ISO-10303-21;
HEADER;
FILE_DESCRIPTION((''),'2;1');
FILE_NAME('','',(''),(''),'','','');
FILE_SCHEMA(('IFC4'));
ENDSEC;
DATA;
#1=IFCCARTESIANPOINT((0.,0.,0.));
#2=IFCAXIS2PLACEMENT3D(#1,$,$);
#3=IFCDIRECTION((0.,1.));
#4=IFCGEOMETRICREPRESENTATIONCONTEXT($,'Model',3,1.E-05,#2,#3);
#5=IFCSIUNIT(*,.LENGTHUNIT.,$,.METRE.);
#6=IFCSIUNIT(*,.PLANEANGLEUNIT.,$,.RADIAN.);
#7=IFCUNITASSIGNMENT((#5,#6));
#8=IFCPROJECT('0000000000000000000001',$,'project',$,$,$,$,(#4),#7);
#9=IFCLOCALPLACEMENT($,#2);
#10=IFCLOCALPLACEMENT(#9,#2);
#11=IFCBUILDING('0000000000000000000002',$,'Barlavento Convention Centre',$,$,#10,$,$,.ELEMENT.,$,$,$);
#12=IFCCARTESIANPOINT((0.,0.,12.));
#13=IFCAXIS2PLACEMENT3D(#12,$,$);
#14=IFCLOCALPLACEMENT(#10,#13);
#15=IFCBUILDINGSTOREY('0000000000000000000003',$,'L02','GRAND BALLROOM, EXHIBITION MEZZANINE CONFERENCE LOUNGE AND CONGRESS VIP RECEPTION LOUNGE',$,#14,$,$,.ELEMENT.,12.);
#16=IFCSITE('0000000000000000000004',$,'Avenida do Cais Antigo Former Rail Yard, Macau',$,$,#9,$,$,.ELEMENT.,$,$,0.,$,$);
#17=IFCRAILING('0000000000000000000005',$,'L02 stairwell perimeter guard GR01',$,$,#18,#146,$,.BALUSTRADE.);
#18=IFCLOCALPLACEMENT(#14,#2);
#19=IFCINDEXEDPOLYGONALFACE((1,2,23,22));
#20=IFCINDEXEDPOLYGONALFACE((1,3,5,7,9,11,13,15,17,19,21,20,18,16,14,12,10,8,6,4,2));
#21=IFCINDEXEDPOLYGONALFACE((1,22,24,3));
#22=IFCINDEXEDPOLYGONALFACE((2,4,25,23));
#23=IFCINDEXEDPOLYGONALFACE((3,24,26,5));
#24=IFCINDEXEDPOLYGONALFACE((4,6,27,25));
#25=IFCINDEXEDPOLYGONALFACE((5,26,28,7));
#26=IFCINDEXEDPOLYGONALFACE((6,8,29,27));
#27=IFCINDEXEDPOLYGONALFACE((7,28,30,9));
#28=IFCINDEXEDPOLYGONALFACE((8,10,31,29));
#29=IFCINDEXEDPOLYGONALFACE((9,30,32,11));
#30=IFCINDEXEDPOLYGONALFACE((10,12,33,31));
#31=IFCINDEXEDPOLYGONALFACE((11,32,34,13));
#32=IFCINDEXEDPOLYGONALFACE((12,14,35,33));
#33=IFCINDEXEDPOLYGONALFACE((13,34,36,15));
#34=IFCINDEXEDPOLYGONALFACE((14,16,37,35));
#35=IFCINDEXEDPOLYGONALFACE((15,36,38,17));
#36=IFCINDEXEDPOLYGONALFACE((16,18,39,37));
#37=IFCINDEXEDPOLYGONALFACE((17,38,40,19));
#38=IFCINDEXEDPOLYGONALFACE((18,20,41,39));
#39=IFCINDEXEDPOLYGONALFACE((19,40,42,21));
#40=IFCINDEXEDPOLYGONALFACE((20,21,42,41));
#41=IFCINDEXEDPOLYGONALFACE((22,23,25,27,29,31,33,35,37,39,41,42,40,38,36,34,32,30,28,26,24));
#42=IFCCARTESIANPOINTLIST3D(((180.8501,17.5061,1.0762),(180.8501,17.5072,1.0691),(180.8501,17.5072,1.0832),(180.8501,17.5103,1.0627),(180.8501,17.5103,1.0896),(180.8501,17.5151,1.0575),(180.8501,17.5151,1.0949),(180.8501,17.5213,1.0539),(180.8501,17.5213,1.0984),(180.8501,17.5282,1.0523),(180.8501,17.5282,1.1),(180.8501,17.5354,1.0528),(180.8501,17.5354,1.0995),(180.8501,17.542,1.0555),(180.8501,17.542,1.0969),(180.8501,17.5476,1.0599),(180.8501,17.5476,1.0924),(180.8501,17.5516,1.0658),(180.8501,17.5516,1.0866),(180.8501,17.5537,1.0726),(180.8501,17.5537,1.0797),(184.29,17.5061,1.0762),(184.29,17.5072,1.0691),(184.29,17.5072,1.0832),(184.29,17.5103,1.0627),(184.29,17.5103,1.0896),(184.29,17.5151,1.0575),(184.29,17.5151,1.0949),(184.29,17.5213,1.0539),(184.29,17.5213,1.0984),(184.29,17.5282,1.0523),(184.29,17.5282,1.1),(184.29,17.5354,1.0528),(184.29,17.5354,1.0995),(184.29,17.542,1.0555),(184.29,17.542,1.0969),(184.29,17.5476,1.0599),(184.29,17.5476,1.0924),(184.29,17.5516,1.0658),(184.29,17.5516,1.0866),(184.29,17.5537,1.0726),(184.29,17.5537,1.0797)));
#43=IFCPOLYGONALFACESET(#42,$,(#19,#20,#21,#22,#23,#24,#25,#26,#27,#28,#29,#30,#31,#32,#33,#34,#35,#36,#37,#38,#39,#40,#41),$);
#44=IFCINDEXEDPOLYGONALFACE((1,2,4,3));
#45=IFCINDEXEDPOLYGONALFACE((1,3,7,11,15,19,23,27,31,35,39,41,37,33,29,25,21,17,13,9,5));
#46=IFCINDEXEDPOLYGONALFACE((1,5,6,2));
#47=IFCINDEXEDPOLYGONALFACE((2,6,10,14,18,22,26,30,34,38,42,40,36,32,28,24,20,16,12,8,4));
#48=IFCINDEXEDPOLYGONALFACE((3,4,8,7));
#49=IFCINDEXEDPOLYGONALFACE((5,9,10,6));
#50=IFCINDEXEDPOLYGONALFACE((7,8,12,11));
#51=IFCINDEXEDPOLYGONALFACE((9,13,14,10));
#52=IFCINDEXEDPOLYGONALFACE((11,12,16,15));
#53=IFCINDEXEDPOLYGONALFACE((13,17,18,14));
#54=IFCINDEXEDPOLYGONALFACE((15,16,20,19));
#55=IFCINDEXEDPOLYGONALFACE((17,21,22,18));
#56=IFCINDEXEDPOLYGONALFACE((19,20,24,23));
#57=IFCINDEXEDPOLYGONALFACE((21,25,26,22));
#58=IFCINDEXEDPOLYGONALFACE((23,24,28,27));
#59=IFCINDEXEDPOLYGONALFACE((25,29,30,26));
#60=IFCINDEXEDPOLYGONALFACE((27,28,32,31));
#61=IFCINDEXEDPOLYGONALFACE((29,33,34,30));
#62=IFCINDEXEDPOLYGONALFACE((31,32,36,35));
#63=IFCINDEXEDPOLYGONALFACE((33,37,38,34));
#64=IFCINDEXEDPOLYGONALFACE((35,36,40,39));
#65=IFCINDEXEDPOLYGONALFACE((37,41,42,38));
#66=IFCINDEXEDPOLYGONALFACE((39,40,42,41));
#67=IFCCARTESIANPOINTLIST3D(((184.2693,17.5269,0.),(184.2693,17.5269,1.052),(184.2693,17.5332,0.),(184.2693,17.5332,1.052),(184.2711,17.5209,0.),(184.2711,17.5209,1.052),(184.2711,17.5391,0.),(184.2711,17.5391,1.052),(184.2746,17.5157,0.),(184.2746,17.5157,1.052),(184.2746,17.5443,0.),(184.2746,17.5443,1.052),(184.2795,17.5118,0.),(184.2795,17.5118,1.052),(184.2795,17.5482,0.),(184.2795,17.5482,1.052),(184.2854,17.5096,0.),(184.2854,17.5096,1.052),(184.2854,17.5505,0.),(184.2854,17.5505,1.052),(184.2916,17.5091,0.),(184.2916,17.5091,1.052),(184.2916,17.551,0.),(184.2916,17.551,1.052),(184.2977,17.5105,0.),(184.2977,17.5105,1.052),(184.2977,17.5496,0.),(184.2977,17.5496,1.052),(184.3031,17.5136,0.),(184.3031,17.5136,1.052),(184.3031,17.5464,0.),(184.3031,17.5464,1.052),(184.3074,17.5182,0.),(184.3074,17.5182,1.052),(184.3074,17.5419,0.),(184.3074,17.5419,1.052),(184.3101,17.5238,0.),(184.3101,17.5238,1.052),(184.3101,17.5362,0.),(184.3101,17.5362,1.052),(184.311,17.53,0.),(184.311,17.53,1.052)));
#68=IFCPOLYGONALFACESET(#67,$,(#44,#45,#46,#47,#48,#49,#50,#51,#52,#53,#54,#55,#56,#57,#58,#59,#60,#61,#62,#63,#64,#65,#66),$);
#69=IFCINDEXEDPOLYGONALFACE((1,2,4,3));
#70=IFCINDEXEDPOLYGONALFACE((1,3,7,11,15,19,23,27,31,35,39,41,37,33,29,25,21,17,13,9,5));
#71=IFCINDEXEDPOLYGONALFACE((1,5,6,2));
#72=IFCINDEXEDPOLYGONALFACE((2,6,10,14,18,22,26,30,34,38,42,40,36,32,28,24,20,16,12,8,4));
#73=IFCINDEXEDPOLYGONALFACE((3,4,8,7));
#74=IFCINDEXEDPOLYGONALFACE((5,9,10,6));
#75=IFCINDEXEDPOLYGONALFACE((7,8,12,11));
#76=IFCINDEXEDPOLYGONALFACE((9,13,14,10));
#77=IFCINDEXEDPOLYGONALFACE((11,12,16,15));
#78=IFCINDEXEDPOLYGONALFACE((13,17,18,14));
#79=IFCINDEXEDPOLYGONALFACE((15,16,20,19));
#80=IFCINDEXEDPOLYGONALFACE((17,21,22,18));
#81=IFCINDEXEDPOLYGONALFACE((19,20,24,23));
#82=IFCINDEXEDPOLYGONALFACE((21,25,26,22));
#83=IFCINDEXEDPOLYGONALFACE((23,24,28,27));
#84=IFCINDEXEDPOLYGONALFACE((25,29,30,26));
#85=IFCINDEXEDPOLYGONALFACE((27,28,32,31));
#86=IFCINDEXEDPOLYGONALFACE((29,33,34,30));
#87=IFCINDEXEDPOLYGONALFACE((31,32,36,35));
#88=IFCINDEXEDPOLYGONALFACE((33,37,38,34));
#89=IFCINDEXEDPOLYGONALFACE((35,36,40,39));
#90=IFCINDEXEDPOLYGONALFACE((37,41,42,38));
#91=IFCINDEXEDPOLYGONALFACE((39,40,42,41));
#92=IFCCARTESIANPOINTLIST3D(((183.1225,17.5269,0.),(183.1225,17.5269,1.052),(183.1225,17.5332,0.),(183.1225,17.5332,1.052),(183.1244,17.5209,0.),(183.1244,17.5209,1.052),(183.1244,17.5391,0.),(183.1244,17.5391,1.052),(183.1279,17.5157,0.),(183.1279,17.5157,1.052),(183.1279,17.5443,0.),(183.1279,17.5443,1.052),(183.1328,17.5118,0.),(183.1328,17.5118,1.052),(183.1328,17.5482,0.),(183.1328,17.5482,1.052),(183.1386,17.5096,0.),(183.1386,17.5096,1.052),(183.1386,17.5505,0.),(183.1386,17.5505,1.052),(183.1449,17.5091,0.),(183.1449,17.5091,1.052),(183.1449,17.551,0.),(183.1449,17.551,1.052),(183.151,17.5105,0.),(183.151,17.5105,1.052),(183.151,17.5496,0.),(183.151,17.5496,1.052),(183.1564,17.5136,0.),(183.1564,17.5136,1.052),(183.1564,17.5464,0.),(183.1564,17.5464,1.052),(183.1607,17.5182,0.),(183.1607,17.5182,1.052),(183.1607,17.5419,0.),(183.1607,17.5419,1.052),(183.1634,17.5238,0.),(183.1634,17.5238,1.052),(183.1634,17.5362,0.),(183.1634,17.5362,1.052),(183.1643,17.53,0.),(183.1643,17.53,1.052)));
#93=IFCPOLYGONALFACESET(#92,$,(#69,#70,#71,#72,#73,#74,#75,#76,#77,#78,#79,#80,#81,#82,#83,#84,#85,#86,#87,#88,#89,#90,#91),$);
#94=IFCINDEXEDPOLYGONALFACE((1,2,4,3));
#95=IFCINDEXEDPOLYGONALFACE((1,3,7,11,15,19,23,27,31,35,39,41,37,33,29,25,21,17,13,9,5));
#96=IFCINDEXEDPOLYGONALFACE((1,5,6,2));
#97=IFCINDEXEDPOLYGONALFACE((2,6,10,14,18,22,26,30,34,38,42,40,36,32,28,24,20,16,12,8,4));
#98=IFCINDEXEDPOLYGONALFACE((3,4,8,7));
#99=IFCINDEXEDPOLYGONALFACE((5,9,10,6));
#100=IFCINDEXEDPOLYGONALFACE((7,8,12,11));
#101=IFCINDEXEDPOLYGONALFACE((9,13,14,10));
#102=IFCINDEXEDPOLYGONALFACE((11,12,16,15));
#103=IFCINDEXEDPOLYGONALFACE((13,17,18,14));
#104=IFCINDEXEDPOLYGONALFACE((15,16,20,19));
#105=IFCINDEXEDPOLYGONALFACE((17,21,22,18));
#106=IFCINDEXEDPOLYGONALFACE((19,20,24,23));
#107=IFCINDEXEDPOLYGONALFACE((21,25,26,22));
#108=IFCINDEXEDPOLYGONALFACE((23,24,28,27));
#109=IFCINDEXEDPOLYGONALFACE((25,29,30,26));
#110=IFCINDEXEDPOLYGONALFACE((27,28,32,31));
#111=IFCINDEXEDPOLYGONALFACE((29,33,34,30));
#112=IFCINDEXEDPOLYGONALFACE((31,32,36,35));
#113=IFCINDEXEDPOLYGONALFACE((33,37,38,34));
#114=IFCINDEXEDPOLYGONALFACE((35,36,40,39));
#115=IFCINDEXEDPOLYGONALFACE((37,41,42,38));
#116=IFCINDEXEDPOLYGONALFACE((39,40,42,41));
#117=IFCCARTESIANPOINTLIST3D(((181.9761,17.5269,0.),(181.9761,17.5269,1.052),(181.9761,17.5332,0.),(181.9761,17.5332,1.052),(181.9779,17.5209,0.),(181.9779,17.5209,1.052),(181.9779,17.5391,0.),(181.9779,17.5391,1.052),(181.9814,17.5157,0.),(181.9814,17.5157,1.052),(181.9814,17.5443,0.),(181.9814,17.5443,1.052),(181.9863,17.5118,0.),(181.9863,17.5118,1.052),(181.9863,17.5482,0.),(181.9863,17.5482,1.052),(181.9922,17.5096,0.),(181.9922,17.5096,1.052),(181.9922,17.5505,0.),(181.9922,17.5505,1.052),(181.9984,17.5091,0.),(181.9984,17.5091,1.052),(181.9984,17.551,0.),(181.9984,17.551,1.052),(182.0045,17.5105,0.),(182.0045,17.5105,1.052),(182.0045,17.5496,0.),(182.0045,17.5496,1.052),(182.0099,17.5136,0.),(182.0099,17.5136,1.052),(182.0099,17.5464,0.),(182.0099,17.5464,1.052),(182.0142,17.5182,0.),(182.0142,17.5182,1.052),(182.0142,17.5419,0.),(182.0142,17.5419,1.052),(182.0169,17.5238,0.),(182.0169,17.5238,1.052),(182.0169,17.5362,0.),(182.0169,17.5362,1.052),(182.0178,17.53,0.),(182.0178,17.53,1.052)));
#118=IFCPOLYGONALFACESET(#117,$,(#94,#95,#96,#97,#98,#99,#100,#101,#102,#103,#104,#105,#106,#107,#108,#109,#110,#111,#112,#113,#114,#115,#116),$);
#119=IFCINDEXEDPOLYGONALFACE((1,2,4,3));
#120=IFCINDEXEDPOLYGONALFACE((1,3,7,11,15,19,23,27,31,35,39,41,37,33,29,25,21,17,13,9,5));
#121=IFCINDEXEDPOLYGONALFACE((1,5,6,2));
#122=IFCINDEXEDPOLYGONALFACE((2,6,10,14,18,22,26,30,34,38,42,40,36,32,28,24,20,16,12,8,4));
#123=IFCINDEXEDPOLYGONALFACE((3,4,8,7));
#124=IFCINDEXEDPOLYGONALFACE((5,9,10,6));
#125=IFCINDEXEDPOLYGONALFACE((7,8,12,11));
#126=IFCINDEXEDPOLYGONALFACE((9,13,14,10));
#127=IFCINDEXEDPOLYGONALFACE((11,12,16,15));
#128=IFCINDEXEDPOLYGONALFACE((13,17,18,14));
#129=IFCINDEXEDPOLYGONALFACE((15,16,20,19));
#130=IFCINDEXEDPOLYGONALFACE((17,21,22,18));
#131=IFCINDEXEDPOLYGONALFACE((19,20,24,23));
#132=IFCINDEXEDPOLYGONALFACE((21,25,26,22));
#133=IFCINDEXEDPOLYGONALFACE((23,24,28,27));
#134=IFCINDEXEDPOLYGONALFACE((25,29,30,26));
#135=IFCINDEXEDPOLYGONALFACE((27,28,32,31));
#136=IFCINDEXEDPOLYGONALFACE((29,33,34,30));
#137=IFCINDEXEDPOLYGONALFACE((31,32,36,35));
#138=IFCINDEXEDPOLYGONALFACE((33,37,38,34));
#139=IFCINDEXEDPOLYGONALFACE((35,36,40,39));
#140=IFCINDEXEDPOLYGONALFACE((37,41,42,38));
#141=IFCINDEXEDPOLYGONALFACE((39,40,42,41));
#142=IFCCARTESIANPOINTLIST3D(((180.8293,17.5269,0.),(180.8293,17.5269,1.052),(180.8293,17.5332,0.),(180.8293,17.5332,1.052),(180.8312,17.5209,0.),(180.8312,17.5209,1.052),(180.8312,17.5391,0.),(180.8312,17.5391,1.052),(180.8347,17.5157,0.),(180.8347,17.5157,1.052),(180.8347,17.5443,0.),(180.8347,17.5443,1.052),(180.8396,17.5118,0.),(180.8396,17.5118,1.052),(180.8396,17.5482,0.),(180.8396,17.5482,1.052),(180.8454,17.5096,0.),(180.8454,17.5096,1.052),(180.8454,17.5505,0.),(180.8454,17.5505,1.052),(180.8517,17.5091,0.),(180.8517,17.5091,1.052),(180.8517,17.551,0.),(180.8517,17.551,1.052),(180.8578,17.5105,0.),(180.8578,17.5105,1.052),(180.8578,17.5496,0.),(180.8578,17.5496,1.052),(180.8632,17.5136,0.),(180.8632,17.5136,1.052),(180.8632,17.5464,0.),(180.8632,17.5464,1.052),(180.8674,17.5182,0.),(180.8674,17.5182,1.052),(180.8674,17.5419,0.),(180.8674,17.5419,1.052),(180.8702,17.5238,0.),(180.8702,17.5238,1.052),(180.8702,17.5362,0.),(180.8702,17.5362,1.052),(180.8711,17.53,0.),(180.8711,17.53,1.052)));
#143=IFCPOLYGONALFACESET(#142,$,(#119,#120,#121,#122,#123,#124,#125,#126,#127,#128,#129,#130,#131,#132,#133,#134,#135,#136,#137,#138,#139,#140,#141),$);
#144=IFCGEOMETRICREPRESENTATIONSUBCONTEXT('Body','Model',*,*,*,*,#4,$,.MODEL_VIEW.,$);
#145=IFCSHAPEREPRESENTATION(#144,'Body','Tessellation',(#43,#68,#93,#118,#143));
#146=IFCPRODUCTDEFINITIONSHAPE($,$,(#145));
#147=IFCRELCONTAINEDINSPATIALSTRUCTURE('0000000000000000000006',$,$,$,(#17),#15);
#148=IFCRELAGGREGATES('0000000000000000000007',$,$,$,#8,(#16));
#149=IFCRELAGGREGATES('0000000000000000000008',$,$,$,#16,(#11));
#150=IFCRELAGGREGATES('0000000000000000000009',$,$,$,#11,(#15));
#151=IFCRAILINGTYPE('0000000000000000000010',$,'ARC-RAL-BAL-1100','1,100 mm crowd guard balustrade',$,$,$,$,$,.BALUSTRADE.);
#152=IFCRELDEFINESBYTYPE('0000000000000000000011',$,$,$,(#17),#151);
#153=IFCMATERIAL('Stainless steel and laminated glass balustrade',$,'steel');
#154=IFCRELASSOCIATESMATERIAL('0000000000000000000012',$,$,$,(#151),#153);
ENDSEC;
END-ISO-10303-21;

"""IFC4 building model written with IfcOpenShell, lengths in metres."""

from ifc_helpers import new_model, si_unit, direction, frame, origin, origin_2d, place, context, subcontext, project, spatial, circle, extrude, material, type_object, element, save


model = new_model("IFC4")

# Units and contexts
model_context = context("Model", 3, precision=1e-05, world=origin(), true_north=direction((0.0, 1.0)))
body_context = subcontext(model_context, "Body", "Model", "MODEL_VIEW")
ifc_project = project(units=[si_unit("LENGTHUNIT", "METRE"), si_unit("PLANEANGLEUNIT", "RADIAN")], contexts=[model_context])

# Site, building, storey
site_placement = place(None, origin())
site = spatial("IfcSite", under=ifc_project, at=site_placement, Name="Avenida do Cais Antigo Former Rail Yard, Macau", CompositionType="ELEMENT", RefElevation=0.0)
building_placement = place(site_placement, origin())
building = spatial("IfcBuilding", under=site, at=building_placement, Name="Barlavento Convention Centre", CompositionType="ELEMENT")
storey_placement = place(building_placement, frame((0.0, 0.0, 12.0)))
storey = spatial("IfcBuildingStorey", under=building, at=storey_placement, Name="L02", Description="GRAND BALLROOM, EXHIBITION MEZZANINE CONFERENCE LOUNGE AND CONGRESS VIP RECEPTION LOUNGE", CompositionType="ELEMENT", Elevation=12.0)

# Railing
ifc_material_1 = material(Name="Stainless steel and laminated glass balustrade", Category="steel")
railing_type_1 = type_object("IfcRailingType", Name="ARC-RAL-BAL-1100", Description="1,100 mm crowd guard balustrade", PredefinedType="BALUSTRADE", material=ifc_material_1)
railing_1_placement = place(storey_placement, frame((184.29, 17.53, 0.0)))
element("IfcRailing", 1, at=railing_1_placement, inside=storey, type_object=railing_type_1, Name="L02 stairwell perimeter guard GR01", PredefinedType="BALUSTRADE", context=body_context, shape_type="SweptSolid", body=[
    extrude(circle(Radius=0.0239, at=origin_2d()), frame((0.0, 0.0, 1.0762), z_axis=(-1.0, 0.0, 0.0), x_axis=(0.0, -1.0, 0.0)), (0.0, 0.0, 1.0), 3.4399),
    extrude(circle(Radius=0.021, at=origin_2d()), origin(), (0.0, 0.0, 1.0), 1.052),
    extrude(circle(Radius=0.021, at=origin_2d()), frame((-1.1467, 0.0, 0.0)), (0.0, 0.0, 1.0), 1.052),
    extrude(circle(Radius=0.021, at=origin_2d()), frame((-2.2932, 0.0, 0.0)), (0.0, 0.0, 1.0), 1.052),
    extrude(circle(Radius=0.021, at=origin_2d()), frame((-3.4399, 0.0, 0.0)), (0.0, 0.0, 1.0), 1.052),
])

save(model, "model.ifc")
